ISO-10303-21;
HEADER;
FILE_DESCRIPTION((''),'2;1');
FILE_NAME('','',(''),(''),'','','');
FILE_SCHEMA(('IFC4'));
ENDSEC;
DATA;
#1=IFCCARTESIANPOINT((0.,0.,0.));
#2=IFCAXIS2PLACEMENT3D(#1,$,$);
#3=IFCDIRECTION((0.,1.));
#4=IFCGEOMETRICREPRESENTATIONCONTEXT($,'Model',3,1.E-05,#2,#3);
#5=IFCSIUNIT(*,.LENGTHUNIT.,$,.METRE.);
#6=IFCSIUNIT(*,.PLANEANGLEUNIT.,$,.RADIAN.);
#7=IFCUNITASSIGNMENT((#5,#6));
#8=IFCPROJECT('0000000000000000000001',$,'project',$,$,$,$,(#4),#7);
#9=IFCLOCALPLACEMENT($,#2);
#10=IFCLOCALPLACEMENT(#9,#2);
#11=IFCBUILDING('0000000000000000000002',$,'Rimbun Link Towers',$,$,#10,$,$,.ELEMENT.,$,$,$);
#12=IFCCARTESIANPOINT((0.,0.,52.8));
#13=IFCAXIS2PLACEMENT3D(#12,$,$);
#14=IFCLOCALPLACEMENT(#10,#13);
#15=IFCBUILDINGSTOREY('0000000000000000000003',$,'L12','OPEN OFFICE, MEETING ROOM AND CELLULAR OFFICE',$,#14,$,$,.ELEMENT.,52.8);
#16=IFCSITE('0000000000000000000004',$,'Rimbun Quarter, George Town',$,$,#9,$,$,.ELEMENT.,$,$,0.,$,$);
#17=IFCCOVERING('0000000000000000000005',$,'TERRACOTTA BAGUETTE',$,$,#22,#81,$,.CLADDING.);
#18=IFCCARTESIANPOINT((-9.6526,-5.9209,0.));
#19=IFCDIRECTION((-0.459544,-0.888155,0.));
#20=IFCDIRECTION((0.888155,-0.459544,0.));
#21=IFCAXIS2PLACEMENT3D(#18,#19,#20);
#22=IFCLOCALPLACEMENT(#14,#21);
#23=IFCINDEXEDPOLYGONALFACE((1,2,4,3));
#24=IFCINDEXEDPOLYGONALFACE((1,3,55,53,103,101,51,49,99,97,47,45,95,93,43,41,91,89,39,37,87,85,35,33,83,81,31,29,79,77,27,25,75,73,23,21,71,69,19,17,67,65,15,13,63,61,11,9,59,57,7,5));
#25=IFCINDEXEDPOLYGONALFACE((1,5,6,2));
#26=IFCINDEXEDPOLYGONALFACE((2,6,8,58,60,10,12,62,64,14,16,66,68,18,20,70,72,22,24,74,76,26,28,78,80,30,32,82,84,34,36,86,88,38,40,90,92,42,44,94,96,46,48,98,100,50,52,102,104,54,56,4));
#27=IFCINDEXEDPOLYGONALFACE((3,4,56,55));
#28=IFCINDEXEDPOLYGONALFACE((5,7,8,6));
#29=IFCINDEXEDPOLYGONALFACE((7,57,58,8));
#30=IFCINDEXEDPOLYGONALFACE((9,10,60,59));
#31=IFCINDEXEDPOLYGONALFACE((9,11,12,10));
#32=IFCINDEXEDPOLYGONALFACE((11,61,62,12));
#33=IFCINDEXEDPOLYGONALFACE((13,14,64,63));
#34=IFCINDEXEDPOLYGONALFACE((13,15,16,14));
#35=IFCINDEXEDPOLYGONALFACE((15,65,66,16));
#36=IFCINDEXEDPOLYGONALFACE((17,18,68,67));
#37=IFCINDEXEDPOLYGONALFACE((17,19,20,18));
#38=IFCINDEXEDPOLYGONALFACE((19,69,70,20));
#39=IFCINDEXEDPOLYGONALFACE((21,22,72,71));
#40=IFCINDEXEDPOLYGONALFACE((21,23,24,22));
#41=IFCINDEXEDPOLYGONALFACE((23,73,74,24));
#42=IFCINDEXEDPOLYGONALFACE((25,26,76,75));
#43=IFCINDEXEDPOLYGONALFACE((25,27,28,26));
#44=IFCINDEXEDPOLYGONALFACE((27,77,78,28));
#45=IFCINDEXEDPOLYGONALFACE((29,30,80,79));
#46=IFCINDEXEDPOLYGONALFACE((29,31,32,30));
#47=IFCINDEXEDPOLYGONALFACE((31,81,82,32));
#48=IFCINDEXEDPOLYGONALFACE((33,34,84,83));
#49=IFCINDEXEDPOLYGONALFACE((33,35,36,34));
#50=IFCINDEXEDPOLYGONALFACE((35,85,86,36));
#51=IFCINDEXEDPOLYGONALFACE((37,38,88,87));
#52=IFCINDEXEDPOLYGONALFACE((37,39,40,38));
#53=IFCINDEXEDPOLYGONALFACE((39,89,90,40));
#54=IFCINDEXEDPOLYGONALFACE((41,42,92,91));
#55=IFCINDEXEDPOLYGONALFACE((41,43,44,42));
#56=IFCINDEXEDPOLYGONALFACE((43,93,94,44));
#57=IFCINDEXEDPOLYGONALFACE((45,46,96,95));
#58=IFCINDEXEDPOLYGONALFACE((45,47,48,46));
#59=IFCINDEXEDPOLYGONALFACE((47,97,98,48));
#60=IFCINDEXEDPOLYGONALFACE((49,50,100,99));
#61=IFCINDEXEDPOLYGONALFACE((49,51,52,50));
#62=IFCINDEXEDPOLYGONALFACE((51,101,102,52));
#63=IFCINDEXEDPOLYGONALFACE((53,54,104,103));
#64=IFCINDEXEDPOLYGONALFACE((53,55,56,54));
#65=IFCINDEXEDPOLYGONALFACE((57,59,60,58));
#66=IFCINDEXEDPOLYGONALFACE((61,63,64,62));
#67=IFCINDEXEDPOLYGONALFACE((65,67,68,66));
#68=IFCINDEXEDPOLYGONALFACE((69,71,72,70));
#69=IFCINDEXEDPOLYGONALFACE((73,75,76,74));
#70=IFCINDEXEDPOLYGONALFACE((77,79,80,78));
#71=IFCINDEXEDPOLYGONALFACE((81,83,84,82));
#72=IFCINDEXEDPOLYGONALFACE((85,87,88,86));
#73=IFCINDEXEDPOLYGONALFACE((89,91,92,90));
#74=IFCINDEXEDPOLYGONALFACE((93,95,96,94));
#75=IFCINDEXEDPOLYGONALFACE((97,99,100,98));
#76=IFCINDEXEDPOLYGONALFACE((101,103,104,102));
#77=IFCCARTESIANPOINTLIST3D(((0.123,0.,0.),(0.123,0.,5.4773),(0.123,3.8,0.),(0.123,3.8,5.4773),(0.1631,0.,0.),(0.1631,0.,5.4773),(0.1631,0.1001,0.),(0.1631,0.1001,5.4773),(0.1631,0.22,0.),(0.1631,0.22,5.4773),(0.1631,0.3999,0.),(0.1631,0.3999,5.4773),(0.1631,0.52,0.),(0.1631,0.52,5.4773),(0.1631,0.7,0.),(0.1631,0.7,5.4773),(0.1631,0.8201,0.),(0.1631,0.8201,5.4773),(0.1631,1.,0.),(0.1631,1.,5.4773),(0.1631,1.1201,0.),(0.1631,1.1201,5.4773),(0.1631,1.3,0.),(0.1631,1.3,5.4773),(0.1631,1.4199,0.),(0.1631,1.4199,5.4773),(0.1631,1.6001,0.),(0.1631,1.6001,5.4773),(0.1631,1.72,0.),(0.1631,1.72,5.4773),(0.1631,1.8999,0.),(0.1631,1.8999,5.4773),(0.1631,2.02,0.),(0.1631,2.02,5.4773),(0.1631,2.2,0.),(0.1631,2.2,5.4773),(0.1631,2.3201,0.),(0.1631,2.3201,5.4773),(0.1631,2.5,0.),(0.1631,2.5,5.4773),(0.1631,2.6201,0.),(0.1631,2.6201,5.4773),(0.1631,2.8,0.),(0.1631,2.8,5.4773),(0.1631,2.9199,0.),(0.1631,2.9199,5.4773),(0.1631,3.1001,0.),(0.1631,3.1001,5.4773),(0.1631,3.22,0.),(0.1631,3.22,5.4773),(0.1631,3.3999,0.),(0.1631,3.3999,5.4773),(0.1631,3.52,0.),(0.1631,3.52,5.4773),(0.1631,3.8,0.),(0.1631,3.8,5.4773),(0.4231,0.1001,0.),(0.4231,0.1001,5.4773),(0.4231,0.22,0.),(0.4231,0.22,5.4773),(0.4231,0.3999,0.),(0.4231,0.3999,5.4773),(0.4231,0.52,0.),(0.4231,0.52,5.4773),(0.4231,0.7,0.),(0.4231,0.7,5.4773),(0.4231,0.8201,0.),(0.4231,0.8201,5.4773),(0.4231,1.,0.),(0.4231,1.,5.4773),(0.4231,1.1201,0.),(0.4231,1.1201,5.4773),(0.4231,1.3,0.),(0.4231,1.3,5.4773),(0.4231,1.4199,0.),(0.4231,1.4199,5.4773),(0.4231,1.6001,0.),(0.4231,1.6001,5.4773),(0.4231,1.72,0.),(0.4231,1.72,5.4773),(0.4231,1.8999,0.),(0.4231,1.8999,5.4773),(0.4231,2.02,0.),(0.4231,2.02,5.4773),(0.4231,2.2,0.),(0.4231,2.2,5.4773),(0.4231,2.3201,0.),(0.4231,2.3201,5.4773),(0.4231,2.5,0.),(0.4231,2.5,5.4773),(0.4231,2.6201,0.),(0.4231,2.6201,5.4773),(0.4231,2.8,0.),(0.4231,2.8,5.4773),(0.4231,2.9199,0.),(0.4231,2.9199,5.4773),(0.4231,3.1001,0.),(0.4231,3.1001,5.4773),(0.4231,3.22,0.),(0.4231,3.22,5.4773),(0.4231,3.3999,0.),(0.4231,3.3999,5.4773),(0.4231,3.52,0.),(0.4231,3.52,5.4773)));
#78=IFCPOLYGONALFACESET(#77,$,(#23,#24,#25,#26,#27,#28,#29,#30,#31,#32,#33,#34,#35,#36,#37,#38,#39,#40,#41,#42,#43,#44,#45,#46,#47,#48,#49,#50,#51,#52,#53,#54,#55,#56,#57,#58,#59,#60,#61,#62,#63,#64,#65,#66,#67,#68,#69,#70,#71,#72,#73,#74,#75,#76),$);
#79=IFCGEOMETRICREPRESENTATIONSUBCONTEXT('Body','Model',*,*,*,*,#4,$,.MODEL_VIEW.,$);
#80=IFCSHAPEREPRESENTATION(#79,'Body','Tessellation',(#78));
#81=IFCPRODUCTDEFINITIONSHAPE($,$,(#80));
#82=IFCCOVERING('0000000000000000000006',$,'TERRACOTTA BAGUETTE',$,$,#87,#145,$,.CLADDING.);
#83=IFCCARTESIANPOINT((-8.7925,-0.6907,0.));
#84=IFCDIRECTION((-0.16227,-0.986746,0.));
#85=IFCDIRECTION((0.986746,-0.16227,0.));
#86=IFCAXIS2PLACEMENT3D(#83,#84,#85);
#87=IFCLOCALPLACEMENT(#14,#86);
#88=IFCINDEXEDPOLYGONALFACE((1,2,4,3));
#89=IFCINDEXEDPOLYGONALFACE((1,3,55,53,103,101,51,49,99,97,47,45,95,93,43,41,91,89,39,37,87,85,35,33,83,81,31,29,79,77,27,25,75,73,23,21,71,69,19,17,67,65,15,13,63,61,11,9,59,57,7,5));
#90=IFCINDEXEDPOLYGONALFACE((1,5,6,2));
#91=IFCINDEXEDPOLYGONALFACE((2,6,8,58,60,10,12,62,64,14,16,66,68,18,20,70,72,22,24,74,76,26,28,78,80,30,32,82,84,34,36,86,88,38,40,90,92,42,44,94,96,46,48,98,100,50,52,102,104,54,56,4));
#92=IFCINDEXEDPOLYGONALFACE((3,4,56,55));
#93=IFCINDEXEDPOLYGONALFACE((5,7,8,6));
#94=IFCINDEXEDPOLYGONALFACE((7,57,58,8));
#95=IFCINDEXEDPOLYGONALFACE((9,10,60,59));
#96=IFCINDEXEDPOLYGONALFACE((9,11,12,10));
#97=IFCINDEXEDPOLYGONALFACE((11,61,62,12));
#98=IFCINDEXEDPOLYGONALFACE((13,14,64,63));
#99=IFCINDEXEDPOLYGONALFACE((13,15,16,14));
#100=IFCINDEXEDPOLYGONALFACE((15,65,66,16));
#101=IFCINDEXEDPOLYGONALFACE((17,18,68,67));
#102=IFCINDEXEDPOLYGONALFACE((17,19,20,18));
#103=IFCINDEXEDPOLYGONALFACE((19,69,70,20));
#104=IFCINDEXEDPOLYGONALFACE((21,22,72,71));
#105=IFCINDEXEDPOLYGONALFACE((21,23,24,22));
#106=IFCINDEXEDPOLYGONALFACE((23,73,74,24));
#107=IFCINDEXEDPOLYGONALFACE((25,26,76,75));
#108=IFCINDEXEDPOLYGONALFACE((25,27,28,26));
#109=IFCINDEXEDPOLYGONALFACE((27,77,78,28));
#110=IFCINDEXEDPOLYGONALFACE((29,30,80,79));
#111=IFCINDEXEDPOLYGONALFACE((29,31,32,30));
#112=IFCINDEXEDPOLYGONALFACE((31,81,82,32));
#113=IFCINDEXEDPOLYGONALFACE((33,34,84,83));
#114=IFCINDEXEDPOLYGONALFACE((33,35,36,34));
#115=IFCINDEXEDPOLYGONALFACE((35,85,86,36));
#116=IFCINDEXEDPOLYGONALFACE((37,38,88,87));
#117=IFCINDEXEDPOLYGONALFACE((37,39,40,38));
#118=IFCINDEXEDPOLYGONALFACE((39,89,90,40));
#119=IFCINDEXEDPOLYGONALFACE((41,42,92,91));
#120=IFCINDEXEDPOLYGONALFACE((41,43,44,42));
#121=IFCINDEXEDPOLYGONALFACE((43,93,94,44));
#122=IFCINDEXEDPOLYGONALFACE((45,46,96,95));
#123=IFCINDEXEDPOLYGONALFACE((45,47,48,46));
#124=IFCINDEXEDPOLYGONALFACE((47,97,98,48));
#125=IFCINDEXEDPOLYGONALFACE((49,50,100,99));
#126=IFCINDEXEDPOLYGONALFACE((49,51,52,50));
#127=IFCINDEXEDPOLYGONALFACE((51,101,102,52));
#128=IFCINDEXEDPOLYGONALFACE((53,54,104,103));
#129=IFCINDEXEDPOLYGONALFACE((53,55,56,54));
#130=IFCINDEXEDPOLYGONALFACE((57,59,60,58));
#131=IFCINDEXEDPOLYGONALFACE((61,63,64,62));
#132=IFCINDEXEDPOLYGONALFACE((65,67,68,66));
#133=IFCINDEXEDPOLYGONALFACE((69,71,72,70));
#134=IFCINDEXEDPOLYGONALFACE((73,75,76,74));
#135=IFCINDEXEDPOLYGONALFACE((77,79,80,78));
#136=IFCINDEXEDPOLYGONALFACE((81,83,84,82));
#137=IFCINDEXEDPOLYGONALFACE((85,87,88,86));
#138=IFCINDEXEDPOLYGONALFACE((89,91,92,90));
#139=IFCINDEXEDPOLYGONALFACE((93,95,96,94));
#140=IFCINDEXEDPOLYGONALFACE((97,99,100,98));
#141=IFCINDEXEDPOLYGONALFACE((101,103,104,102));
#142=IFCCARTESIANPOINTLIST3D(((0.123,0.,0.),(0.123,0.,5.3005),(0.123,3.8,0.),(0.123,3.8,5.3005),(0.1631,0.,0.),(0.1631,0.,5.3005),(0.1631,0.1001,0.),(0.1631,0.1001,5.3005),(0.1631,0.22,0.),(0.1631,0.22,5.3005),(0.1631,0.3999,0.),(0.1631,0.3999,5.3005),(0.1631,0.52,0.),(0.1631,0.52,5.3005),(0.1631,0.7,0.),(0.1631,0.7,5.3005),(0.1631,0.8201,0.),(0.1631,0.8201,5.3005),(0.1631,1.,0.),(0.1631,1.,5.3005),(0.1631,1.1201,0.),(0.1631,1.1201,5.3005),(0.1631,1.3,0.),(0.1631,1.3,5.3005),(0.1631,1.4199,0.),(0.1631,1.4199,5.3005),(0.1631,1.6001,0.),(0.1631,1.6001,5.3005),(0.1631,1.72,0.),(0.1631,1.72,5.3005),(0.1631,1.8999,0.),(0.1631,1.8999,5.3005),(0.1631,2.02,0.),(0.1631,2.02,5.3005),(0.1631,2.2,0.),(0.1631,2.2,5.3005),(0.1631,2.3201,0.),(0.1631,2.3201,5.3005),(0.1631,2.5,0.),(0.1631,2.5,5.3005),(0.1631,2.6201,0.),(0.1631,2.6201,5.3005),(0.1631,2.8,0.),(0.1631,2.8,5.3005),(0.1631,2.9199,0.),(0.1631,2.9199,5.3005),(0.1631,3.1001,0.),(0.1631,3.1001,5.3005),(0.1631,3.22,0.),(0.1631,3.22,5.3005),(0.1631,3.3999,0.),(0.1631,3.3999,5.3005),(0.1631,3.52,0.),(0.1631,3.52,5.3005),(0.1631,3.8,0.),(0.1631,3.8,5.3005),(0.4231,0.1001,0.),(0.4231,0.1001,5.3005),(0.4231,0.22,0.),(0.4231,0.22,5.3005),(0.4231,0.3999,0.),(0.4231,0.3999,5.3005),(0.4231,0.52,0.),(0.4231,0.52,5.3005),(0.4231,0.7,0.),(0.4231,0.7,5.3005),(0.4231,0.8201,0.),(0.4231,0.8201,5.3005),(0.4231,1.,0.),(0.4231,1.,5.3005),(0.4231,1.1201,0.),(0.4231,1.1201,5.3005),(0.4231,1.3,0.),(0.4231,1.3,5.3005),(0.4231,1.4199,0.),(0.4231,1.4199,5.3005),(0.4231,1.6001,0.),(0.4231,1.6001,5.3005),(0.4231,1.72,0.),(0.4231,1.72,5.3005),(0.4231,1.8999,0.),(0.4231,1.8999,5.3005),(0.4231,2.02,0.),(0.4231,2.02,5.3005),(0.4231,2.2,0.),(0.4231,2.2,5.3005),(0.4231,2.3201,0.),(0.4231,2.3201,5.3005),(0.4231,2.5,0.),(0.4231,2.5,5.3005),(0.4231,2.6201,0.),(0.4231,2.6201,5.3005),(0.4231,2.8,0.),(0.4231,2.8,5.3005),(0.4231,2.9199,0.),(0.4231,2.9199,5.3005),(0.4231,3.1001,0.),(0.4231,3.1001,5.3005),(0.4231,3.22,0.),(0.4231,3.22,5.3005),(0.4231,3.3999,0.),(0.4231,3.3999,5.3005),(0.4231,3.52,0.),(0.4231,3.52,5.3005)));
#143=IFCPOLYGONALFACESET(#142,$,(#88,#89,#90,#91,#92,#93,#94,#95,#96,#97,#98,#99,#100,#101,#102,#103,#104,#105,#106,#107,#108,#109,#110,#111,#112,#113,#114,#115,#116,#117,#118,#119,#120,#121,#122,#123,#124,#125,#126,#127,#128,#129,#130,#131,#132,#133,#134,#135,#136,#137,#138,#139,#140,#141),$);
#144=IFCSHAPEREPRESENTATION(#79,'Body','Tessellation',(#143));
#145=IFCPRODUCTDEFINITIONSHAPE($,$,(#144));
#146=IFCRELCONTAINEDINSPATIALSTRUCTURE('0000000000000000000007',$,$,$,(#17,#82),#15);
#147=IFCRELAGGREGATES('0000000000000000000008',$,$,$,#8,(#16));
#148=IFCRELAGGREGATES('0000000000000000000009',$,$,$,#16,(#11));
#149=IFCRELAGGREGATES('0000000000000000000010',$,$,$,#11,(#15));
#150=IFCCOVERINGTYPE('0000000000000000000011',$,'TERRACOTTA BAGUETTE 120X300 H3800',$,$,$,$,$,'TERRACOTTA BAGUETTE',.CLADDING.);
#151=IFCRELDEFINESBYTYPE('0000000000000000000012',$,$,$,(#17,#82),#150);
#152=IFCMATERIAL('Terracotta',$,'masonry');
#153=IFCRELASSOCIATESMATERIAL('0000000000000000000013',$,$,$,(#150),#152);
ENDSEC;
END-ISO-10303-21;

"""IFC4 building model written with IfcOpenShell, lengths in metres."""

from ifc_helpers import new_model, si_unit, direction, frame, origin, place, context, subcontext, project, spatial, polyline, outline, extrude, material, material_profile, profile_set, type_object, element, save


model = new_model("IFC4")

# Units and contexts
model_context = context("Model", 3, precision=1e-05, world=origin(), true_north=direction((0.0, 1.0)))
body_context = subcontext(model_context, "Body", "Model", "MODEL_VIEW")
ifc_project = project(units=[si_unit("LENGTHUNIT", "METRE"), si_unit("PLANEANGLEUNIT", "RADIAN")], contexts=[model_context])

# Site, building, storey
site_placement = place(None, origin())
site = spatial("IfcSite", under=ifc_project, at=site_placement, Name="Rimbun Quarter, George Town", CompositionType="ELEMENT", RefElevation=0.0)
building_placement = place(site_placement, origin())
building = spatial("IfcBuilding", under=site, at=building_placement, Name="Rimbun Link Towers", CompositionType="ELEMENT")
storey_placement = place(building_placement, frame((0.0, 0.0, 52.8)))
storey = spatial("IfcBuildingStorey", under=building, at=storey_placement, Name="L12", Description="OPEN OFFICE, MEETING ROOM AND CELLULAR OFFICE", CompositionType="ELEMENT", Elevation=52.8)

# Coverings
ifc_material_1 = material(Name="Terracotta", Category="masonry")
ifc_material_profile_1 = material_profile(ifc_material_1, outline(polyline([(0.123, 0.0), (0.1631, 0.0), (0.1631, 0.1001), (0.4231, 0.1001), (0.4231, 0.22), (0.1631, 0.22), (0.1631, 0.3999), (0.4231, 0.3999), (0.4231, 0.52), (0.1631, 0.52), (0.1631, 0.7), (0.4231, 0.7), (0.4231, 0.8201), (0.1631, 0.8201), (0.1631, 1.0), (0.4231, 1.0), (0.4231, 1.1201), (0.1631, 1.1201), (0.1631, 1.3), (0.4231, 1.3), (0.4231, 1.4199), (0.1631, 1.4199), (0.1631, 1.6001), (0.4231, 1.6001), (0.4231, 1.72), (0.1631, 1.72), (0.1631, 1.8999), (0.4231, 1.8999), (0.4231, 2.02), (0.1631, 2.02), (0.1631, 2.2), (0.4231, 2.2), (0.4231, 2.3201), (0.1631, 2.3201), (0.1631, 2.5), (0.4231, 2.5), (0.4231, 2.6201), (0.1631, 2.6201), (0.1631, 2.8), (0.4231, 2.8), (0.4231, 2.9199), (0.1631, 2.9199), (0.1631, 3.1001), (0.4231, 3.1001), (0.4231, 3.22), (0.1631, 3.22), (0.1631, 3.3999), (0.4231, 3.3999), (0.4231, 3.52), (0.1631, 3.52), (0.1631, 3.8), (0.123, 3.8), (0.123, 0.0)])), Name="BAGUETTE 120X300")
ifc_profile_set_1 = profile_set([ifc_material_profile_1], Name="Terracotta")
covering_type = type_object("IfcCoveringType", Name="TERRACOTTA BAGUETTE 120X300 H3800", ElementType="TERRACOTTA BAGUETTE", PredefinedType="CLADDING", material=ifc_profile_set_1)
covering_1_placement = place(storey_placement, frame((-9.6526, -5.9209, 0.0), z_axis=(-0.459544, -0.888155, 0.0), x_axis=(0.888155, -0.459544, 0.0)))
element("IfcCovering", 1, at=covering_1_placement, inside=storey, type_object=covering_type, Name="TERRACOTTA BAGUETTE", PredefinedType="CLADDING", context=body_context, shape_type="SweptSolid", body=[
    extrude(outline(polyline([(0.123, 0.0), (0.1631, 0.0), (0.1631, 0.1001), (0.4231, 0.1001), (0.4231, 0.22), (0.1631, 0.22), (0.1631, 0.3999), (0.4231, 0.3999), (0.4231, 0.52), (0.1631, 0.52), (0.1631, 0.7), (0.4231, 0.7), (0.4231, 0.8201), (0.1631, 0.8201), (0.1631, 1.0), (0.4231, 1.0), (0.4231, 1.1201), (0.1631, 1.1201), (0.1631, 1.3), (0.4231, 1.3), (0.4231, 1.4199), (0.1631, 1.4199), (0.1631, 1.6001), (0.4231, 1.6001), (0.4231, 1.72), (0.1631, 1.72), (0.1631, 1.8999), (0.4231, 1.8999), (0.4231, 2.02), (0.1631, 2.02), (0.1631, 2.2), (0.4231, 2.2), (0.4231, 2.3201), (0.1631, 2.3201), (0.1631, 2.5), (0.4231, 2.5), (0.4231, 2.6201), (0.1631, 2.6201), (0.1631, 2.8), (0.4231, 2.8), (0.4231, 2.9199), (0.1631, 2.9199), (0.1631, 3.1001), (0.4231, 3.1001), (0.4231, 3.22), (0.1631, 3.22), (0.1631, 3.3999), (0.4231, 3.3999), (0.4231, 3.52), (0.1631, 3.52), (0.1631, 3.8), (0.123, 3.8), (0.123, 0.0)])), origin(), (0.0, 0.0, 1.0), 5.4773),
])
covering_2_placement = place(storey_placement, frame((-8.7925, -0.6907, 0.0), z_axis=(-0.16227, -0.986746, 0.0), x_axis=(0.986746, -0.16227, 0.0)))
element("IfcCovering", 2, at=covering_2_placement, inside=storey, type_object=covering_type, Name="TERRACOTTA BAGUETTE", PredefinedType="CLADDING", context=body_context, shape_type="SweptSolid", body=[
    extrude(outline(polyline([(0.123, 0.0), (0.1631, 0.0), (0.1631, 0.1001), (0.4231, 0.1001), (0.4231, 0.22), (0.1631, 0.22), (0.1631, 0.3999), (0.4231, 0.3999), (0.4231, 0.52), (0.1631, 0.52), (0.1631, 0.7), (0.4231, 0.7), (0.4231, 0.8201), (0.1631, 0.8201), (0.1631, 1.0), (0.4231, 1.0), (0.4231, 1.1201), (0.1631, 1.1201), (0.1631, 1.3), (0.4231, 1.3), (0.4231, 1.4199), (0.1631, 1.4199), (0.1631, 1.6001), (0.4231, 1.6001), (0.4231, 1.72), (0.1631, 1.72), (0.1631, 1.8999), (0.4231, 1.8999), (0.4231, 2.02), (0.1631, 2.02), (0.1631, 2.2), (0.4231, 2.2), (0.4231, 2.3201), (0.1631, 2.3201), (0.1631, 2.5), (0.4231, 2.5), (0.4231, 2.6201), (0.1631, 2.6201), (0.1631, 2.8), (0.4231, 2.8), (0.4231, 2.9199), (0.1631, 2.9199), (0.1631, 3.1001), (0.4231, 3.1001), (0.4231, 3.22), (0.1631, 3.22), (0.1631, 3.3999), (0.4231, 3.3999), (0.4231, 3.52), (0.1631, 3.52), (0.1631, 3.8), (0.123, 3.8), (0.123, 0.0)])), origin(), (0.0, 0.0, 1.0), 5.3005),
])

save(model, "model.ifc")
